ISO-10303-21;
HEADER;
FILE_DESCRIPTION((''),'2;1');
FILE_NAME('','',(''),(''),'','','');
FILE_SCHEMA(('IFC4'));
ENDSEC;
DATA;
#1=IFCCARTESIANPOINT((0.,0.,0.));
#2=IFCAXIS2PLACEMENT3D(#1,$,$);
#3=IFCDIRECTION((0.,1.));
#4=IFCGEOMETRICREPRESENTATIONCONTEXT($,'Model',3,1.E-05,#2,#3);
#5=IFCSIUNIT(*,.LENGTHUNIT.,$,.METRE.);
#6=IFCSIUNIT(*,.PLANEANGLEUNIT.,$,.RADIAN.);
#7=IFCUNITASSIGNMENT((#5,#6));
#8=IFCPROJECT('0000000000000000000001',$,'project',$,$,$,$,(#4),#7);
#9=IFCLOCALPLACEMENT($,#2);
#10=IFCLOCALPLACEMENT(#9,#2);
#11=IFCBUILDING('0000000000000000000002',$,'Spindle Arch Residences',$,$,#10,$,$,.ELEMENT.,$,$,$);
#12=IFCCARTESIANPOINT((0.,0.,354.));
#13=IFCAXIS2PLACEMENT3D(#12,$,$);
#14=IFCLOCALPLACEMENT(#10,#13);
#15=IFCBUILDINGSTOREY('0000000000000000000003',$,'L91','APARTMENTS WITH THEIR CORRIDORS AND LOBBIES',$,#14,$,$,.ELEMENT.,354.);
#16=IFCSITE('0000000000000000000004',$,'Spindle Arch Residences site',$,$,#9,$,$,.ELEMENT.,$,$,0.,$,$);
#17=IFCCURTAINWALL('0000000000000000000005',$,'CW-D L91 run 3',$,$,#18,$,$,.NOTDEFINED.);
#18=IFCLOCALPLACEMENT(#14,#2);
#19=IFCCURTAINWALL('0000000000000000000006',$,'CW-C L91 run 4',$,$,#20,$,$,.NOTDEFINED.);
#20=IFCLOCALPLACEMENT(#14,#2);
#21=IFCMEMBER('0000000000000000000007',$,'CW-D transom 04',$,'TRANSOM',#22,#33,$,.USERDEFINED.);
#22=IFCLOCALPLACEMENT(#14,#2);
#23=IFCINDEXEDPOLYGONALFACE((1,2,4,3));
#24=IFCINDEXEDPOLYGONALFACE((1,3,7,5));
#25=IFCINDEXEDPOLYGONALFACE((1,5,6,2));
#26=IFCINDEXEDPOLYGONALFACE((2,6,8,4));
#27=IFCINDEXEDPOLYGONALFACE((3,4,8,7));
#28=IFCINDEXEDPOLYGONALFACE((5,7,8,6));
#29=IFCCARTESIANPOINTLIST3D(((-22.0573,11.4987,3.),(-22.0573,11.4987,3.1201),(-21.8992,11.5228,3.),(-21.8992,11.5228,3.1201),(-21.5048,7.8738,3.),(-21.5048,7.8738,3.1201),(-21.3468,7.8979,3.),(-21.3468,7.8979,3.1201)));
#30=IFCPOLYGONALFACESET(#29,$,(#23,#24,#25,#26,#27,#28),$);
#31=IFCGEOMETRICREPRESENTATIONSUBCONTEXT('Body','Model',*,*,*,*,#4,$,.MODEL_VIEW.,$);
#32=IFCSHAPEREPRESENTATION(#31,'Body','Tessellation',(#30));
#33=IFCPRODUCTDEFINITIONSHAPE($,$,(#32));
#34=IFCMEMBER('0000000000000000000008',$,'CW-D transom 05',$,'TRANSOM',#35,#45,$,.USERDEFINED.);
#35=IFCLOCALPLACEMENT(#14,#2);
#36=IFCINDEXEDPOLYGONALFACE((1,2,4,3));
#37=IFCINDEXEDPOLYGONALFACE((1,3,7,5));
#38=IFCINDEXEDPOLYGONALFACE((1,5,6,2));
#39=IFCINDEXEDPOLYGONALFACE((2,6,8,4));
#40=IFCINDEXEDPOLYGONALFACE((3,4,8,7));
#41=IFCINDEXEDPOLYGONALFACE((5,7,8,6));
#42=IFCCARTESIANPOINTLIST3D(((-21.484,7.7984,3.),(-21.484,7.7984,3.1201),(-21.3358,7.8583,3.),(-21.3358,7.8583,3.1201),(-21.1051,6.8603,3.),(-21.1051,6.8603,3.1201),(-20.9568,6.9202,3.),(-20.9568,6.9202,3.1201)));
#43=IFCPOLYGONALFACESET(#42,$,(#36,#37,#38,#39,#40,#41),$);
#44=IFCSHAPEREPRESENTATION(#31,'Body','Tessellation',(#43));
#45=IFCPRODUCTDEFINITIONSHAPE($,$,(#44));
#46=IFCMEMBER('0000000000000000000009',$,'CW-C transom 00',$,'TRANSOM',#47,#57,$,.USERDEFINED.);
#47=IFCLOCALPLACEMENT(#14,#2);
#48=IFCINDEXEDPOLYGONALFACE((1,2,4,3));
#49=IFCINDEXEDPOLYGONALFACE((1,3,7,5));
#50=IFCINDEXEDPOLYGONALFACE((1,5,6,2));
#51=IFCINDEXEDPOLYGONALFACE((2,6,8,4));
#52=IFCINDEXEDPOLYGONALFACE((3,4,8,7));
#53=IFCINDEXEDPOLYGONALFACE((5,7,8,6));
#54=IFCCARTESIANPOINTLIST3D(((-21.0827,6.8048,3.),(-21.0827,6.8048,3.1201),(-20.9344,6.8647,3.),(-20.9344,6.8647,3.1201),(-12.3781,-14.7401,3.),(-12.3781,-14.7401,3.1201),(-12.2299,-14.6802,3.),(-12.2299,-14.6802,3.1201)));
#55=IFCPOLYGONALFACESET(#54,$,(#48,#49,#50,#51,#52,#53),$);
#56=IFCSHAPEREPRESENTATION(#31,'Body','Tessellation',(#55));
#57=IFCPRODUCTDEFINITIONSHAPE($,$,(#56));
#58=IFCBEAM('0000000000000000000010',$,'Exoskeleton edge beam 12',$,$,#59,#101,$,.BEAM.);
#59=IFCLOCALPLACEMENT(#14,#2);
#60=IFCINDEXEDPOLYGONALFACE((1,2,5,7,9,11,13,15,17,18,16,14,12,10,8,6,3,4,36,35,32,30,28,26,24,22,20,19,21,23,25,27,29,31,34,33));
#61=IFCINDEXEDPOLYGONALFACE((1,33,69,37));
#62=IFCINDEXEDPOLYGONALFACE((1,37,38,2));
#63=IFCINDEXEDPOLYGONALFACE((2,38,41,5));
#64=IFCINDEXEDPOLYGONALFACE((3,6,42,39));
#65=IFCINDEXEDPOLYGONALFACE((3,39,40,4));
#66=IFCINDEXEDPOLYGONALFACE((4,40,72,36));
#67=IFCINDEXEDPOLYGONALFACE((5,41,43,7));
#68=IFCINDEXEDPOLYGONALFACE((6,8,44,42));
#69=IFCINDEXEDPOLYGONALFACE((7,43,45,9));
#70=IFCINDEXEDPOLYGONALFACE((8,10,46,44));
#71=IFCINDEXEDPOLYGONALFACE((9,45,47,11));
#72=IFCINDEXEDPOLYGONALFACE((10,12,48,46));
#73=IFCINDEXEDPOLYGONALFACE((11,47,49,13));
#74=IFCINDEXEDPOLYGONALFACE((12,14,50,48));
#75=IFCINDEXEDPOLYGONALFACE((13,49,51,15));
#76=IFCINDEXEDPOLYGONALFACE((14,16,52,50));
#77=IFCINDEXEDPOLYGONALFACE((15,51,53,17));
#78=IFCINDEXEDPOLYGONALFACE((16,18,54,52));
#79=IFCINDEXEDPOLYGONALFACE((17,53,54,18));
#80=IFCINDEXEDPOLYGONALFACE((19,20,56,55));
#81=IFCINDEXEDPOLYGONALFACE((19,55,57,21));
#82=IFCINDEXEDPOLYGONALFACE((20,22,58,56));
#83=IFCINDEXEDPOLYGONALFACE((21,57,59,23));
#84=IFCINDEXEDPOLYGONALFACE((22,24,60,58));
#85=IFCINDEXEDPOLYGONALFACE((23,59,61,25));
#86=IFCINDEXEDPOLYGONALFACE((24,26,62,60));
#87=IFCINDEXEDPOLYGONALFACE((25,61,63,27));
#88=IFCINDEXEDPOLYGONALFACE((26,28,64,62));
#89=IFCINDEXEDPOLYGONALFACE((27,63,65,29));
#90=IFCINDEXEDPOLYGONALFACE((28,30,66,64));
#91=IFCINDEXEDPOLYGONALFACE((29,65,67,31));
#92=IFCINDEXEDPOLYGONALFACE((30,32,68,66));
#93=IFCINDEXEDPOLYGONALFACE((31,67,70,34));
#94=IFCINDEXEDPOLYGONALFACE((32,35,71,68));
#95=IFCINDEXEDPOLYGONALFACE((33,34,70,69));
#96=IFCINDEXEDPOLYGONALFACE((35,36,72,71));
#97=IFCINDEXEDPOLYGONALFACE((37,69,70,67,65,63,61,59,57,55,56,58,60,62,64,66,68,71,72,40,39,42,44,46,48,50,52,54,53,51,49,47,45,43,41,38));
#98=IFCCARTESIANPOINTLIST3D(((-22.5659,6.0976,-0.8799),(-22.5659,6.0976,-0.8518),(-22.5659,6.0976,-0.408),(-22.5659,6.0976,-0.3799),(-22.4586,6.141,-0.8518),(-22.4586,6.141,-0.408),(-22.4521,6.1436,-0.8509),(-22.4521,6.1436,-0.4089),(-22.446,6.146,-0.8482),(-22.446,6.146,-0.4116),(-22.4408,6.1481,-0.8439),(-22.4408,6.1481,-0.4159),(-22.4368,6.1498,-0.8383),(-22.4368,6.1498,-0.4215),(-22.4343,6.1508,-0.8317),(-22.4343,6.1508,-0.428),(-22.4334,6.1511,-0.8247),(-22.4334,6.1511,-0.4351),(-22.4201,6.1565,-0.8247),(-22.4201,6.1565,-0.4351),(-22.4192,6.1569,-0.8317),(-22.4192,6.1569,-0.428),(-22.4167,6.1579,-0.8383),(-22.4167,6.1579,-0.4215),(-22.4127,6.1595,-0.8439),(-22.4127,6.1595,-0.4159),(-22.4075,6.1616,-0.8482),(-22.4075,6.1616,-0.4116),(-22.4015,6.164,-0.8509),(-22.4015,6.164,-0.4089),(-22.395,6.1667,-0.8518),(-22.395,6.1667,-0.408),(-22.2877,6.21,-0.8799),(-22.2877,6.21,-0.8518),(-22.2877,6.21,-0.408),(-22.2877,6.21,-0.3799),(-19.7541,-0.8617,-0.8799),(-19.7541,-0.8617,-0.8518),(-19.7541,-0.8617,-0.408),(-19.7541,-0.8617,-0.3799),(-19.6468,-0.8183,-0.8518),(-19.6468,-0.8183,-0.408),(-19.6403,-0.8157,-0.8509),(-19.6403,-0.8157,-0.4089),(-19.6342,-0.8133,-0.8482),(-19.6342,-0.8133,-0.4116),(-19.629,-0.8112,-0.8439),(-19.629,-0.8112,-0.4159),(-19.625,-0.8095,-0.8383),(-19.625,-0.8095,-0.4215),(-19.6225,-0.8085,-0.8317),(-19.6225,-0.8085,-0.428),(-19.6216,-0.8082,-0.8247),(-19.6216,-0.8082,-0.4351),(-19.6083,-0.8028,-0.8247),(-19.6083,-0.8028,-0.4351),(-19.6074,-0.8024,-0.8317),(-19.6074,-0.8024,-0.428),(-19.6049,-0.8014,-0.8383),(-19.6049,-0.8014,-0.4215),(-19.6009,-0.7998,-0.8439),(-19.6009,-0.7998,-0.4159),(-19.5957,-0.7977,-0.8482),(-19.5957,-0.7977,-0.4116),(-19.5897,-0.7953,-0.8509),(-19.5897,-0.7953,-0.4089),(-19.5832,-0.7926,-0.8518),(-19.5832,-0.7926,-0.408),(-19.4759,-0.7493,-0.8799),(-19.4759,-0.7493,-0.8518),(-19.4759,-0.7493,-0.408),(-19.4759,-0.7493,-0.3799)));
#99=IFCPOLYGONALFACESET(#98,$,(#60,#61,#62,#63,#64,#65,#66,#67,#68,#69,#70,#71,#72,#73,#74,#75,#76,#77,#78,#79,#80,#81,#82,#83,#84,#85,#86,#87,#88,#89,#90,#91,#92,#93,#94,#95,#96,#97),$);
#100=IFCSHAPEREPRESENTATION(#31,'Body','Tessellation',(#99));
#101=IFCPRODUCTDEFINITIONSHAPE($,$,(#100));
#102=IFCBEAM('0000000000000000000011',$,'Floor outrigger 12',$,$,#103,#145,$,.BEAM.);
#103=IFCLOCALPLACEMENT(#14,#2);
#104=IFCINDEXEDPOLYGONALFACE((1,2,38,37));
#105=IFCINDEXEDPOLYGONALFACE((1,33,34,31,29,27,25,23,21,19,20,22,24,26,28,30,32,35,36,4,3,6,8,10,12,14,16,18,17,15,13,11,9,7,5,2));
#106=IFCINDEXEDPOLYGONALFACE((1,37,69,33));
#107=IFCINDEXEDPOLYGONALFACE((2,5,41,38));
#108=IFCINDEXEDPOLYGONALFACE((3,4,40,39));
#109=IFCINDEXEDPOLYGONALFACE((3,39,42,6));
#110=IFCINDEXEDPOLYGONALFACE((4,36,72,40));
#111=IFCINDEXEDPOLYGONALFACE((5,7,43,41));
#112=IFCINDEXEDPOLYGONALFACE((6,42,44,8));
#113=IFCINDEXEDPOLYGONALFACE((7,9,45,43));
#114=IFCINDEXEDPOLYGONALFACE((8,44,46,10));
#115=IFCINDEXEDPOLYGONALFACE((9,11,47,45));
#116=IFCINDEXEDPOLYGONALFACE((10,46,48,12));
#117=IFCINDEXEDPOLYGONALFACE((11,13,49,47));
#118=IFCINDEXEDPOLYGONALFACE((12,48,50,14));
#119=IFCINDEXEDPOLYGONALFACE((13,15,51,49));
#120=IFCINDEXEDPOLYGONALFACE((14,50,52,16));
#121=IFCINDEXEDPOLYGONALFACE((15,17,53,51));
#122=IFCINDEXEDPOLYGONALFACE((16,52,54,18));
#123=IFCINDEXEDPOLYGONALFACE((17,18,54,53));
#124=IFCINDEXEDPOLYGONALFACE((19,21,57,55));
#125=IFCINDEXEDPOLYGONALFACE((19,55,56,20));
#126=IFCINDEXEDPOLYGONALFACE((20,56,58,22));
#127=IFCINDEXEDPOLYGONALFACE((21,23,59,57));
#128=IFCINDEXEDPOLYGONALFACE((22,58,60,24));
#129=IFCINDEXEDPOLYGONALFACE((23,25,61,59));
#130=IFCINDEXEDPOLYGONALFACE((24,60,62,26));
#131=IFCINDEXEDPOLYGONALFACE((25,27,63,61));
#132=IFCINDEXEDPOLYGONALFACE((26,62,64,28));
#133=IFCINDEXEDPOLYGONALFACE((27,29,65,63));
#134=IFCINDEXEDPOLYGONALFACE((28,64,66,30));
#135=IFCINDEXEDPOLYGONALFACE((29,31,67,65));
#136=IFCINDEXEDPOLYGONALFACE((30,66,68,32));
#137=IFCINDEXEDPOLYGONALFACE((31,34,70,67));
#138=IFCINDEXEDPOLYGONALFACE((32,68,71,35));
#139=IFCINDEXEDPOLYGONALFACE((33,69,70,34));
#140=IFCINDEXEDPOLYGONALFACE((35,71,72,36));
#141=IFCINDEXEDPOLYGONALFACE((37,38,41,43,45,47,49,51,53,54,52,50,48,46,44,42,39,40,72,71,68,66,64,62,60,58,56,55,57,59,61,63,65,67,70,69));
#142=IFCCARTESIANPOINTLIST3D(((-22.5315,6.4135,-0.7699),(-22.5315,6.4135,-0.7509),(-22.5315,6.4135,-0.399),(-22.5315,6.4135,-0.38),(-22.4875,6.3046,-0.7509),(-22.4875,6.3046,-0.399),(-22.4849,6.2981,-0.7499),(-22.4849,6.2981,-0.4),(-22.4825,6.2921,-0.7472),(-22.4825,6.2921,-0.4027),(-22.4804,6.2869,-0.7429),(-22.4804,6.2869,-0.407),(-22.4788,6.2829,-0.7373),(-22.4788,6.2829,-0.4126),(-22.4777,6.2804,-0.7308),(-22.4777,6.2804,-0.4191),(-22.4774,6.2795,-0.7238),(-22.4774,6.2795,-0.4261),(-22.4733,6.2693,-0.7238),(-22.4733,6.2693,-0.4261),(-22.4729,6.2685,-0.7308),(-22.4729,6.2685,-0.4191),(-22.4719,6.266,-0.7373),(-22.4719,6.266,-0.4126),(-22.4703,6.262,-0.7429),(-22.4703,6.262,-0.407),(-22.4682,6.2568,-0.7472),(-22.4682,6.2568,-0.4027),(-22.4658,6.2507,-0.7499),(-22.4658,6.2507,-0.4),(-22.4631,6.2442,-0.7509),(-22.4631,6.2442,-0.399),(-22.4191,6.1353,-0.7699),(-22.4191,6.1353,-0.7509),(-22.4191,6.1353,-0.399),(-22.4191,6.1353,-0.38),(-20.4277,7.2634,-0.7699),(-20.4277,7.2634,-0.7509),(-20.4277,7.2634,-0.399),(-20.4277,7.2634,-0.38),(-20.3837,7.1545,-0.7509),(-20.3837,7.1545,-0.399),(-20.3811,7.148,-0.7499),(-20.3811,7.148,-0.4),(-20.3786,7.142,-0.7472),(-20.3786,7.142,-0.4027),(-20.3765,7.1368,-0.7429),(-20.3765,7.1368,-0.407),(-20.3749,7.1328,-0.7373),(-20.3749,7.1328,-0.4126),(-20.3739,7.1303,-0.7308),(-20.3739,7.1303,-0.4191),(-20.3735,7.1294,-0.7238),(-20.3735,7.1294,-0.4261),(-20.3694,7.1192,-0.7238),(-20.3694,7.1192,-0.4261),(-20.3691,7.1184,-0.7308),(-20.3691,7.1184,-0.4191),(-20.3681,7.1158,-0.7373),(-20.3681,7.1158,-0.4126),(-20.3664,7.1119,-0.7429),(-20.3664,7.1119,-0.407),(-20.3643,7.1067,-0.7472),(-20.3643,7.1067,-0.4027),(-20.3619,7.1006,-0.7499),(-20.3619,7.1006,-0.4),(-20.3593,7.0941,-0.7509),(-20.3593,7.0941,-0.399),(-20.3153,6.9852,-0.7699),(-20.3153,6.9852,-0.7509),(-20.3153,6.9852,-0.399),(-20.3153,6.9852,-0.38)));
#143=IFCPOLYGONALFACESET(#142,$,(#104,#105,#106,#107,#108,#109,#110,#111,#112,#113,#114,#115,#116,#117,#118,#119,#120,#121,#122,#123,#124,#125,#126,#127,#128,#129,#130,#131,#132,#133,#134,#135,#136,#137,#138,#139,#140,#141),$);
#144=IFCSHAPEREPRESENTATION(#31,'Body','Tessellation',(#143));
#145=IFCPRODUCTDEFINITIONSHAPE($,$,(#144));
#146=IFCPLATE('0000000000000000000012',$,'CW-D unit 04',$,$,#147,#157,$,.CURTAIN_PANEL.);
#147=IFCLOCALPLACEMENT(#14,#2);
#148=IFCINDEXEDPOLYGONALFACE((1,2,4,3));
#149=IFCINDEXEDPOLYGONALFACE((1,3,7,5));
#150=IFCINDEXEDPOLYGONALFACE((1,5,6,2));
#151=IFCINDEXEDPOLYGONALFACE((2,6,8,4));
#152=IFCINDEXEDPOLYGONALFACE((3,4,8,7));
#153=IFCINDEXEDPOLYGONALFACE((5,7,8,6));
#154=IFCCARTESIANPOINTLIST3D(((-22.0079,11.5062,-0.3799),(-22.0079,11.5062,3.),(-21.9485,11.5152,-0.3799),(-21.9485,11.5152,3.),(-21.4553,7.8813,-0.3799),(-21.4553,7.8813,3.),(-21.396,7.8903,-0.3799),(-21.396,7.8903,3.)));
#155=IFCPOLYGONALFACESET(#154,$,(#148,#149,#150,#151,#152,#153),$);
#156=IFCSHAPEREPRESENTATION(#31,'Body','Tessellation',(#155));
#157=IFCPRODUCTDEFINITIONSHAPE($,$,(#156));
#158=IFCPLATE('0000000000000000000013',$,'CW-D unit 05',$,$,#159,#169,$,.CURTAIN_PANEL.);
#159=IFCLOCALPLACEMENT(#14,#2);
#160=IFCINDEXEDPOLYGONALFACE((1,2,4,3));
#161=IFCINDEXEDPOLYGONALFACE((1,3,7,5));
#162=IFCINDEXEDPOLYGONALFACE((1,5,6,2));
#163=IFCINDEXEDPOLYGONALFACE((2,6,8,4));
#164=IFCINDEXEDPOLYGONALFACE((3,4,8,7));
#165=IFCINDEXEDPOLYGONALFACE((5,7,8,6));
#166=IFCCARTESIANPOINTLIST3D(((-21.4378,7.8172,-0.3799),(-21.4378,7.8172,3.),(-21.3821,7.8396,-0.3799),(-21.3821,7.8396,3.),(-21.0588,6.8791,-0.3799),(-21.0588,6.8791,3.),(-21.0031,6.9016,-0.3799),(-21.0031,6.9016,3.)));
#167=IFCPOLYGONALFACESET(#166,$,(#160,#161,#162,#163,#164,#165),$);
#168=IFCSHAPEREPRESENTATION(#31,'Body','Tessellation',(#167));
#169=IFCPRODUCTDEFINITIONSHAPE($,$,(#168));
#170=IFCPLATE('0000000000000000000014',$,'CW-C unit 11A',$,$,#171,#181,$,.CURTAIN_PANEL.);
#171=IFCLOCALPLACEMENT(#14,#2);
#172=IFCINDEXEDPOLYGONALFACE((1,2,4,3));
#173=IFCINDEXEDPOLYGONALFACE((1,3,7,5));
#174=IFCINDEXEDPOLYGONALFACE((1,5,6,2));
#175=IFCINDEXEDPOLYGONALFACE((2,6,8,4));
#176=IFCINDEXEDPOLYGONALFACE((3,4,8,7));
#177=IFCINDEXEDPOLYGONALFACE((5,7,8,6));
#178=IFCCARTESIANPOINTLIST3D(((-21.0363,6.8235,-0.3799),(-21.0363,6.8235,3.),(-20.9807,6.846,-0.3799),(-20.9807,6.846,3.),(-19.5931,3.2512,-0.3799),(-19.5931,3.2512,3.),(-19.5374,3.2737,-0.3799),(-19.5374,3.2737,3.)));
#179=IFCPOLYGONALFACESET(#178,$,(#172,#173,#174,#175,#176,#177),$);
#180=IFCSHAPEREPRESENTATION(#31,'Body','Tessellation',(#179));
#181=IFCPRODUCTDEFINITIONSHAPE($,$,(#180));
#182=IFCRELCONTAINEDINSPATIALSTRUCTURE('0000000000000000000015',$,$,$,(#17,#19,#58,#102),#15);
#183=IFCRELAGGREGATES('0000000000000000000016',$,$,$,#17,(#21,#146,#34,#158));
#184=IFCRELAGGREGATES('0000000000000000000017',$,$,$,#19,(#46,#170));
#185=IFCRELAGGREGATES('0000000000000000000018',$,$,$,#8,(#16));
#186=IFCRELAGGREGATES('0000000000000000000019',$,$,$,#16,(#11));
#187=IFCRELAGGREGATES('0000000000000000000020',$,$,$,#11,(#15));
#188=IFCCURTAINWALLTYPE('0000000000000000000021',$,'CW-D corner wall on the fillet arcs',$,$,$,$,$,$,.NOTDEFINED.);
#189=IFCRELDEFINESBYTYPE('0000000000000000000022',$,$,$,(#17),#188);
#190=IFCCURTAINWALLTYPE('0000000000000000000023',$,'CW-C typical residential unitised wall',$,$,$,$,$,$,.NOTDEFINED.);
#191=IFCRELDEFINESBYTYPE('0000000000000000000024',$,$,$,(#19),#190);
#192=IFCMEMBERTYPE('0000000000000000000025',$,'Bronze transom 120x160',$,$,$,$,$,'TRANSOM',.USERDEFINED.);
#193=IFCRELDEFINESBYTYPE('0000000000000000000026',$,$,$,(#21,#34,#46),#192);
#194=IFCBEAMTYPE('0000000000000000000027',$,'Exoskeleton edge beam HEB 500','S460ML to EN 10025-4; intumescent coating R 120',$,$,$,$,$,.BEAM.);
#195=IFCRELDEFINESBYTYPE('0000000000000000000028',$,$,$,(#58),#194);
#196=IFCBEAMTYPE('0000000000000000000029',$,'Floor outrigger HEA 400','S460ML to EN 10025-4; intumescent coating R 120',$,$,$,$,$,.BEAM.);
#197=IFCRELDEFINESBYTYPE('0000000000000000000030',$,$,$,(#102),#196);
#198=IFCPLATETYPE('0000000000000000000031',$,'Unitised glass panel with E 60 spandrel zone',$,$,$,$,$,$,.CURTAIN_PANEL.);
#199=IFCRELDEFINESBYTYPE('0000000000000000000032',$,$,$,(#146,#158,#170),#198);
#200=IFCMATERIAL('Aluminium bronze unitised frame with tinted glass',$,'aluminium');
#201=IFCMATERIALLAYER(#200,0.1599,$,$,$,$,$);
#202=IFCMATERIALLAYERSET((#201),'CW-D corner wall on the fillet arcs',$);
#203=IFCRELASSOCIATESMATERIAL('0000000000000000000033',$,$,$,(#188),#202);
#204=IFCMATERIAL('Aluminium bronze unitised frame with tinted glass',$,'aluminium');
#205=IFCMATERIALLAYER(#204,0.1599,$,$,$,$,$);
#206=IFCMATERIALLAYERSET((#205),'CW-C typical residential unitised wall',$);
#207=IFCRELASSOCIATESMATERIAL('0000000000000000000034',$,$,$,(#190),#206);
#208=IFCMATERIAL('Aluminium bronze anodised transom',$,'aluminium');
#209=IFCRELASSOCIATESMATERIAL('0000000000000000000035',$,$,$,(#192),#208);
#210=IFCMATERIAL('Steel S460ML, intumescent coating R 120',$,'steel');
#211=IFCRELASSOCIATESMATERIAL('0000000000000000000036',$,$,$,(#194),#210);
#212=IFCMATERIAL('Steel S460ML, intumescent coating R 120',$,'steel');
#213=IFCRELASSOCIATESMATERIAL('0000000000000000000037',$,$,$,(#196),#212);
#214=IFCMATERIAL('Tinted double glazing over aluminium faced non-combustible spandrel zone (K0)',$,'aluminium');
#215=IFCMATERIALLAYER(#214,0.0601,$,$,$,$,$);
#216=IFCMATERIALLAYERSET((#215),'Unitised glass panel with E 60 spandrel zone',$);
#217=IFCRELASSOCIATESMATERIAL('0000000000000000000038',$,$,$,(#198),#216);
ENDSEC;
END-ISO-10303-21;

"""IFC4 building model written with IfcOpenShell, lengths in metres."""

from ifc_helpers import new_model, si_unit, direction, frame, origin, origin_2d, place, context, subcontext, project, spatial, rectangle, i_section, extrude, material, layer, layer_set, material_profile, profile_set, type_object, element, aggregate, save


model = new_model("IFC4")

# Units and contexts
model_context = context("Model", 3, precision=1e-05, world=origin(), true_north=direction((0.0, 1.0)))
body_context = subcontext(model_context, "Body", "Model", "MODEL_VIEW")
ifc_project = project(units=[si_unit("LENGTHUNIT", "METRE"), si_unit("PLANEANGLEUNIT", "RADIAN")], contexts=[model_context])

# Site, building, storey
site_placement = place(None, origin())
site = spatial("IfcSite", under=ifc_project, at=site_placement, Name="Spindle Arch Residences site", CompositionType="ELEMENT", RefElevation=0.0)
building_placement = place(site_placement, origin())
building = spatial("IfcBuilding", under=site, at=building_placement, Name="Spindle Arch Residences", CompositionType="ELEMENT")
storey_placement = place(building_placement, frame((0.0, 0.0, 354.0)))
storey = spatial("IfcBuildingStorey", under=building, at=storey_placement, Name="L91", Description="APARTMENTS WITH THEIR CORRIDORS AND LOBBIES", CompositionType="ELEMENT", Elevation=354.0)

# Curtain wall
ifc_material_1 = material(Name="Aluminium bronze unitised frame with tinted glass", Category="aluminium")
ifc_layer_1 = layer(ifc_material_1, 0.1599)
ifc_layer_set_1 = layer_set([ifc_layer_1], Name="CW-D corner wall on the fillet arcs")
curtain_wall_type_1 = type_object("IfcCurtainWallType", Name="CW-D corner wall on the fillet arcs", PredefinedType="NOTDEFINED", material=ifc_layer_set_1)
curtain_wall_1_placement = place(storey_placement, origin())
curtain_wall_1 = element("IfcCurtainWall", 1, at=curtain_wall_1_placement, inside=storey, type_object=curtain_wall_type_1, Name="CW-D L91 run 3", PredefinedType="NOTDEFINED")

# Curtain wall
ifc_material_2 = material(Name="Aluminium bronze unitised frame with tinted glass", Category="aluminium")
ifc_layer_2 = layer(ifc_material_2, 0.1599)
ifc_layer_set_2 = layer_set([ifc_layer_2], Name="CW-C typical residential unitised wall")
curtain_wall_type_2 = type_object("IfcCurtainWallType", Name="CW-C typical residential unitised wall", PredefinedType="NOTDEFINED", material=ifc_layer_set_2)
curtain_wall_2_placement = place(storey_placement, origin())
curtain_wall_2 = element("IfcCurtainWall", 2, at=curtain_wall_2_placement, inside=storey, type_object=curtain_wall_type_2, Name="CW-C L91 run 4", PredefinedType="NOTDEFINED")

# Members
ifc_material_3 = material(Name="Aluminium bronze anodised transom", Category="aluminium")
ifc_material_profile_1 = material_profile(ifc_material_3, rectangle(XDim=0.1599, YDim=0.1201, at=origin_2d()), Name="TR 120x160")
ifc_profile_set_1 = profile_set([ifc_material_profile_1], Name="Aluminium bronze anodised transom")
member_type_1 = type_object("IfcMemberType", Name="Bronze transom 120x160", ElementType="TRANSOM", PredefinedType="USERDEFINED", material=ifc_profile_set_1)
member_1_placement = place(storey_placement, frame((-21.9783, 11.5107, 3.0601), z_axis=(0.150671, -0.988584, 0.0), x_axis=(0.988584, 0.150671, 0.0)))
member_1 = element("IfcMember", 3, at=member_1_placement, type_object=member_type_1, Name="CW-D transom 04", ObjectType="TRANSOM", PredefinedType="USERDEFINED", context=body_context, shape_type="SweptSolid", body=[
    extrude(rectangle(XDim=0.1599, YDim=0.1201, at=origin_2d()), origin(), (0.0, 0.0, 1.0), 3.6667),
])
member_2_placement = place(storey_placement, frame((-21.4099, 7.8284, 3.0601), z_axis=(0.374551, -0.927206, 0.0), x_axis=(0.927206, 0.374551, 0.0)))
member_2 = element("IfcMember", 4, at=member_2_placement, type_object=member_type_1, Name="CW-D transom 05", ObjectType="TRANSOM", PredefinedType="USERDEFINED", context=body_context, shape_type="SweptSolid", body=[
    extrude(rectangle(XDim=0.1599, YDim=0.1201, at=origin_2d()), origin(), (0.0, 0.0, 1.0), 1.0117),
])
member_3_placement = place(storey_placement, frame((-21.0085, 6.8347, 3.0601), z_axis=(0.374602, -0.927186, 0.0), x_axis=(0.927186, 0.374602, 0.0)))
member_3 = element("IfcMember", 5, at=member_3_placement, type_object=member_type_1, Name="CW-C transom 00", ObjectType="TRANSOM", PredefinedType="USERDEFINED", context=body_context, shape_type="SweptSolid", body=[
    extrude(rectangle(XDim=0.1599, YDim=0.1201, at=origin_2d()), origin(), (0.0, 0.0, 1.0), 23.2368),
])

# Beams
ifc_material_4 = material(Name="Steel S460ML, intumescent coating R 120", Category="steel")
ifc_material_profile_2 = material_profile(ifc_material_4, i_section(OverallWidth=0.3, OverallDepth=0.5, WebThickness=0.0144, FlangeThickness=0.0281, FilletRadius=0.0271, at=origin_2d()), Name="HEB 500")
ifc_profile_set_2 = profile_set([ifc_material_profile_2], Name="Steel S460ML, intumescent coating R 120")
beam_type_1 = type_object("IfcBeamType", Name="Exoskeleton edge beam HEB 500", Description="S460ML to EN 10025-4; intumescent coating R 120", PredefinedType="BEAM", material=ifc_profile_set_2)
beam_1_placement = place(storey_placement, frame((-22.4268, 6.1538, -0.6299), z_axis=(0.374613, -0.927181, 0.0), x_axis=(0.927181, 0.374613, 0.0)))
element("IfcBeam", 6, at=beam_1_placement, inside=storey, type_object=beam_type_1, Name="Exoskeleton edge beam 12", PredefinedType="BEAM", context=body_context, shape_type="SweptSolid", body=[
    extrude(i_section(OverallWidth=0.3, OverallDepth=0.5, WebThickness=0.0144, FlangeThickness=0.0281, FilletRadius=0.0271, at=origin_2d()), origin(), (0.0, 0.0, 1.0), 7.5059),
])
ifc_material_5 = material(Name="Steel S460ML, intumescent coating R 120", Category="steel")
ifc_material_profile_3 = material_profile(ifc_material_5, i_section(OverallWidth=0.3, OverallDepth=0.3899, WebThickness=0.011, FlangeThickness=0.019, FilletRadius=0.0271, at=origin_2d()), Name="HEA 400")
ifc_profile_set_3 = profile_set([ifc_material_profile_3], Name="Steel S460ML, intumescent coating R 120")
beam_type_2 = type_object("IfcBeamType", Name="Floor outrigger HEA 400", Description="S460ML to EN 10025-4; intumescent coating R 120", PredefinedType="BEAM", material=ifc_profile_set_3)
beam_2_placement = place(storey_placement, frame((-22.4753, 6.2744, -0.575), z_axis=(0.927202, 0.374561, 0.0), x_axis=(-0.374561, 0.927202, 0.0)))
element("IfcBeam", 7, at=beam_2_placement, inside=storey, type_object=beam_type_2, Name="Floor outrigger 12", PredefinedType="BEAM", context=body_context, shape_type="SweptSolid", body=[
    extrude(i_section(OverallWidth=0.3, OverallDepth=0.3899, WebThickness=0.011, FlangeThickness=0.019, FilletRadius=0.0271, at=origin_2d()), origin(), (0.0, 0.0, 1.0), 2.269),
])

# Plates
ifc_material_6 = material(Name="Tinted double glazing over aluminium faced non-combustible spandrel zone (K0)", Category="aluminium")
ifc_layer_3 = layer(ifc_material_6, 0.0601)
ifc_layer_set_3 = layer_set([ifc_layer_3], Name="Unitised glass panel with E 60 spandrel zone")
plate_type = type_object("IfcPlateType", Name="Unitised glass panel with E 60 spandrel zone", PredefinedType="CURTAIN_PANEL", material=ifc_layer_set_3)
plate_1_placement = place(storey_placement, frame((-21.7019, 9.6982, -0.3799), z_axis=(0.0, 0.0, 1.0), x_axis=(0.150686, -0.988582, 0.0)))
plate_1 = element("IfcPlate", 8, at=plate_1_placement, type_object=plate_type, Name="CW-D unit 04", PredefinedType="CURTAIN_PANEL", context=body_context, shape_type="SweptSolid", body=[
    extrude(rectangle(XDim=3.6667, YDim=0.0601, at=origin_2d()), origin(), (0.0, 0.0, 1.0), 3.3799),
])
plate_2_placement = place(storey_placement, frame((-21.2205, 7.3594, -0.3799), z_axis=(0.0, 0.0, 1.0), x_axis=(0.374607, -0.927184, 0.0)))
plate_2 = element("IfcPlate", 9, at=plate_2_placement, type_object=plate_type, Name="CW-D unit 05", PredefinedType="CURTAIN_PANEL", context=body_context, shape_type="SweptSolid", body=[
    extrude(rectangle(XDim=1.0117, YDim=0.0601, at=origin_2d()), origin(), (0.0, 0.0, 1.0), 3.3799),
])
aggregate(curtain_wall_1, [member_1, plate_1, member_2, plate_2])
plate_3_placement = place(storey_placement, frame((-20.2869, 5.0486, -0.3799), z_axis=(0.0, 0.0, 1.0), x_axis=(0.374607, -0.927184, 0.0)))
plate_3 = element("IfcPlate", 10, at=plate_3_placement, type_object=plate_type, Name="CW-C unit 11A", PredefinedType="CURTAIN_PANEL", context=body_context, shape_type="SweptSolid", body=[
    extrude(rectangle(XDim=3.8528, YDim=0.0601, at=origin_2d()), origin(), (0.0, 0.0, 1.0), 3.3799),
])
aggregate(curtain_wall_2, [member_3, plate_3])

save(model, "model.ifc")
